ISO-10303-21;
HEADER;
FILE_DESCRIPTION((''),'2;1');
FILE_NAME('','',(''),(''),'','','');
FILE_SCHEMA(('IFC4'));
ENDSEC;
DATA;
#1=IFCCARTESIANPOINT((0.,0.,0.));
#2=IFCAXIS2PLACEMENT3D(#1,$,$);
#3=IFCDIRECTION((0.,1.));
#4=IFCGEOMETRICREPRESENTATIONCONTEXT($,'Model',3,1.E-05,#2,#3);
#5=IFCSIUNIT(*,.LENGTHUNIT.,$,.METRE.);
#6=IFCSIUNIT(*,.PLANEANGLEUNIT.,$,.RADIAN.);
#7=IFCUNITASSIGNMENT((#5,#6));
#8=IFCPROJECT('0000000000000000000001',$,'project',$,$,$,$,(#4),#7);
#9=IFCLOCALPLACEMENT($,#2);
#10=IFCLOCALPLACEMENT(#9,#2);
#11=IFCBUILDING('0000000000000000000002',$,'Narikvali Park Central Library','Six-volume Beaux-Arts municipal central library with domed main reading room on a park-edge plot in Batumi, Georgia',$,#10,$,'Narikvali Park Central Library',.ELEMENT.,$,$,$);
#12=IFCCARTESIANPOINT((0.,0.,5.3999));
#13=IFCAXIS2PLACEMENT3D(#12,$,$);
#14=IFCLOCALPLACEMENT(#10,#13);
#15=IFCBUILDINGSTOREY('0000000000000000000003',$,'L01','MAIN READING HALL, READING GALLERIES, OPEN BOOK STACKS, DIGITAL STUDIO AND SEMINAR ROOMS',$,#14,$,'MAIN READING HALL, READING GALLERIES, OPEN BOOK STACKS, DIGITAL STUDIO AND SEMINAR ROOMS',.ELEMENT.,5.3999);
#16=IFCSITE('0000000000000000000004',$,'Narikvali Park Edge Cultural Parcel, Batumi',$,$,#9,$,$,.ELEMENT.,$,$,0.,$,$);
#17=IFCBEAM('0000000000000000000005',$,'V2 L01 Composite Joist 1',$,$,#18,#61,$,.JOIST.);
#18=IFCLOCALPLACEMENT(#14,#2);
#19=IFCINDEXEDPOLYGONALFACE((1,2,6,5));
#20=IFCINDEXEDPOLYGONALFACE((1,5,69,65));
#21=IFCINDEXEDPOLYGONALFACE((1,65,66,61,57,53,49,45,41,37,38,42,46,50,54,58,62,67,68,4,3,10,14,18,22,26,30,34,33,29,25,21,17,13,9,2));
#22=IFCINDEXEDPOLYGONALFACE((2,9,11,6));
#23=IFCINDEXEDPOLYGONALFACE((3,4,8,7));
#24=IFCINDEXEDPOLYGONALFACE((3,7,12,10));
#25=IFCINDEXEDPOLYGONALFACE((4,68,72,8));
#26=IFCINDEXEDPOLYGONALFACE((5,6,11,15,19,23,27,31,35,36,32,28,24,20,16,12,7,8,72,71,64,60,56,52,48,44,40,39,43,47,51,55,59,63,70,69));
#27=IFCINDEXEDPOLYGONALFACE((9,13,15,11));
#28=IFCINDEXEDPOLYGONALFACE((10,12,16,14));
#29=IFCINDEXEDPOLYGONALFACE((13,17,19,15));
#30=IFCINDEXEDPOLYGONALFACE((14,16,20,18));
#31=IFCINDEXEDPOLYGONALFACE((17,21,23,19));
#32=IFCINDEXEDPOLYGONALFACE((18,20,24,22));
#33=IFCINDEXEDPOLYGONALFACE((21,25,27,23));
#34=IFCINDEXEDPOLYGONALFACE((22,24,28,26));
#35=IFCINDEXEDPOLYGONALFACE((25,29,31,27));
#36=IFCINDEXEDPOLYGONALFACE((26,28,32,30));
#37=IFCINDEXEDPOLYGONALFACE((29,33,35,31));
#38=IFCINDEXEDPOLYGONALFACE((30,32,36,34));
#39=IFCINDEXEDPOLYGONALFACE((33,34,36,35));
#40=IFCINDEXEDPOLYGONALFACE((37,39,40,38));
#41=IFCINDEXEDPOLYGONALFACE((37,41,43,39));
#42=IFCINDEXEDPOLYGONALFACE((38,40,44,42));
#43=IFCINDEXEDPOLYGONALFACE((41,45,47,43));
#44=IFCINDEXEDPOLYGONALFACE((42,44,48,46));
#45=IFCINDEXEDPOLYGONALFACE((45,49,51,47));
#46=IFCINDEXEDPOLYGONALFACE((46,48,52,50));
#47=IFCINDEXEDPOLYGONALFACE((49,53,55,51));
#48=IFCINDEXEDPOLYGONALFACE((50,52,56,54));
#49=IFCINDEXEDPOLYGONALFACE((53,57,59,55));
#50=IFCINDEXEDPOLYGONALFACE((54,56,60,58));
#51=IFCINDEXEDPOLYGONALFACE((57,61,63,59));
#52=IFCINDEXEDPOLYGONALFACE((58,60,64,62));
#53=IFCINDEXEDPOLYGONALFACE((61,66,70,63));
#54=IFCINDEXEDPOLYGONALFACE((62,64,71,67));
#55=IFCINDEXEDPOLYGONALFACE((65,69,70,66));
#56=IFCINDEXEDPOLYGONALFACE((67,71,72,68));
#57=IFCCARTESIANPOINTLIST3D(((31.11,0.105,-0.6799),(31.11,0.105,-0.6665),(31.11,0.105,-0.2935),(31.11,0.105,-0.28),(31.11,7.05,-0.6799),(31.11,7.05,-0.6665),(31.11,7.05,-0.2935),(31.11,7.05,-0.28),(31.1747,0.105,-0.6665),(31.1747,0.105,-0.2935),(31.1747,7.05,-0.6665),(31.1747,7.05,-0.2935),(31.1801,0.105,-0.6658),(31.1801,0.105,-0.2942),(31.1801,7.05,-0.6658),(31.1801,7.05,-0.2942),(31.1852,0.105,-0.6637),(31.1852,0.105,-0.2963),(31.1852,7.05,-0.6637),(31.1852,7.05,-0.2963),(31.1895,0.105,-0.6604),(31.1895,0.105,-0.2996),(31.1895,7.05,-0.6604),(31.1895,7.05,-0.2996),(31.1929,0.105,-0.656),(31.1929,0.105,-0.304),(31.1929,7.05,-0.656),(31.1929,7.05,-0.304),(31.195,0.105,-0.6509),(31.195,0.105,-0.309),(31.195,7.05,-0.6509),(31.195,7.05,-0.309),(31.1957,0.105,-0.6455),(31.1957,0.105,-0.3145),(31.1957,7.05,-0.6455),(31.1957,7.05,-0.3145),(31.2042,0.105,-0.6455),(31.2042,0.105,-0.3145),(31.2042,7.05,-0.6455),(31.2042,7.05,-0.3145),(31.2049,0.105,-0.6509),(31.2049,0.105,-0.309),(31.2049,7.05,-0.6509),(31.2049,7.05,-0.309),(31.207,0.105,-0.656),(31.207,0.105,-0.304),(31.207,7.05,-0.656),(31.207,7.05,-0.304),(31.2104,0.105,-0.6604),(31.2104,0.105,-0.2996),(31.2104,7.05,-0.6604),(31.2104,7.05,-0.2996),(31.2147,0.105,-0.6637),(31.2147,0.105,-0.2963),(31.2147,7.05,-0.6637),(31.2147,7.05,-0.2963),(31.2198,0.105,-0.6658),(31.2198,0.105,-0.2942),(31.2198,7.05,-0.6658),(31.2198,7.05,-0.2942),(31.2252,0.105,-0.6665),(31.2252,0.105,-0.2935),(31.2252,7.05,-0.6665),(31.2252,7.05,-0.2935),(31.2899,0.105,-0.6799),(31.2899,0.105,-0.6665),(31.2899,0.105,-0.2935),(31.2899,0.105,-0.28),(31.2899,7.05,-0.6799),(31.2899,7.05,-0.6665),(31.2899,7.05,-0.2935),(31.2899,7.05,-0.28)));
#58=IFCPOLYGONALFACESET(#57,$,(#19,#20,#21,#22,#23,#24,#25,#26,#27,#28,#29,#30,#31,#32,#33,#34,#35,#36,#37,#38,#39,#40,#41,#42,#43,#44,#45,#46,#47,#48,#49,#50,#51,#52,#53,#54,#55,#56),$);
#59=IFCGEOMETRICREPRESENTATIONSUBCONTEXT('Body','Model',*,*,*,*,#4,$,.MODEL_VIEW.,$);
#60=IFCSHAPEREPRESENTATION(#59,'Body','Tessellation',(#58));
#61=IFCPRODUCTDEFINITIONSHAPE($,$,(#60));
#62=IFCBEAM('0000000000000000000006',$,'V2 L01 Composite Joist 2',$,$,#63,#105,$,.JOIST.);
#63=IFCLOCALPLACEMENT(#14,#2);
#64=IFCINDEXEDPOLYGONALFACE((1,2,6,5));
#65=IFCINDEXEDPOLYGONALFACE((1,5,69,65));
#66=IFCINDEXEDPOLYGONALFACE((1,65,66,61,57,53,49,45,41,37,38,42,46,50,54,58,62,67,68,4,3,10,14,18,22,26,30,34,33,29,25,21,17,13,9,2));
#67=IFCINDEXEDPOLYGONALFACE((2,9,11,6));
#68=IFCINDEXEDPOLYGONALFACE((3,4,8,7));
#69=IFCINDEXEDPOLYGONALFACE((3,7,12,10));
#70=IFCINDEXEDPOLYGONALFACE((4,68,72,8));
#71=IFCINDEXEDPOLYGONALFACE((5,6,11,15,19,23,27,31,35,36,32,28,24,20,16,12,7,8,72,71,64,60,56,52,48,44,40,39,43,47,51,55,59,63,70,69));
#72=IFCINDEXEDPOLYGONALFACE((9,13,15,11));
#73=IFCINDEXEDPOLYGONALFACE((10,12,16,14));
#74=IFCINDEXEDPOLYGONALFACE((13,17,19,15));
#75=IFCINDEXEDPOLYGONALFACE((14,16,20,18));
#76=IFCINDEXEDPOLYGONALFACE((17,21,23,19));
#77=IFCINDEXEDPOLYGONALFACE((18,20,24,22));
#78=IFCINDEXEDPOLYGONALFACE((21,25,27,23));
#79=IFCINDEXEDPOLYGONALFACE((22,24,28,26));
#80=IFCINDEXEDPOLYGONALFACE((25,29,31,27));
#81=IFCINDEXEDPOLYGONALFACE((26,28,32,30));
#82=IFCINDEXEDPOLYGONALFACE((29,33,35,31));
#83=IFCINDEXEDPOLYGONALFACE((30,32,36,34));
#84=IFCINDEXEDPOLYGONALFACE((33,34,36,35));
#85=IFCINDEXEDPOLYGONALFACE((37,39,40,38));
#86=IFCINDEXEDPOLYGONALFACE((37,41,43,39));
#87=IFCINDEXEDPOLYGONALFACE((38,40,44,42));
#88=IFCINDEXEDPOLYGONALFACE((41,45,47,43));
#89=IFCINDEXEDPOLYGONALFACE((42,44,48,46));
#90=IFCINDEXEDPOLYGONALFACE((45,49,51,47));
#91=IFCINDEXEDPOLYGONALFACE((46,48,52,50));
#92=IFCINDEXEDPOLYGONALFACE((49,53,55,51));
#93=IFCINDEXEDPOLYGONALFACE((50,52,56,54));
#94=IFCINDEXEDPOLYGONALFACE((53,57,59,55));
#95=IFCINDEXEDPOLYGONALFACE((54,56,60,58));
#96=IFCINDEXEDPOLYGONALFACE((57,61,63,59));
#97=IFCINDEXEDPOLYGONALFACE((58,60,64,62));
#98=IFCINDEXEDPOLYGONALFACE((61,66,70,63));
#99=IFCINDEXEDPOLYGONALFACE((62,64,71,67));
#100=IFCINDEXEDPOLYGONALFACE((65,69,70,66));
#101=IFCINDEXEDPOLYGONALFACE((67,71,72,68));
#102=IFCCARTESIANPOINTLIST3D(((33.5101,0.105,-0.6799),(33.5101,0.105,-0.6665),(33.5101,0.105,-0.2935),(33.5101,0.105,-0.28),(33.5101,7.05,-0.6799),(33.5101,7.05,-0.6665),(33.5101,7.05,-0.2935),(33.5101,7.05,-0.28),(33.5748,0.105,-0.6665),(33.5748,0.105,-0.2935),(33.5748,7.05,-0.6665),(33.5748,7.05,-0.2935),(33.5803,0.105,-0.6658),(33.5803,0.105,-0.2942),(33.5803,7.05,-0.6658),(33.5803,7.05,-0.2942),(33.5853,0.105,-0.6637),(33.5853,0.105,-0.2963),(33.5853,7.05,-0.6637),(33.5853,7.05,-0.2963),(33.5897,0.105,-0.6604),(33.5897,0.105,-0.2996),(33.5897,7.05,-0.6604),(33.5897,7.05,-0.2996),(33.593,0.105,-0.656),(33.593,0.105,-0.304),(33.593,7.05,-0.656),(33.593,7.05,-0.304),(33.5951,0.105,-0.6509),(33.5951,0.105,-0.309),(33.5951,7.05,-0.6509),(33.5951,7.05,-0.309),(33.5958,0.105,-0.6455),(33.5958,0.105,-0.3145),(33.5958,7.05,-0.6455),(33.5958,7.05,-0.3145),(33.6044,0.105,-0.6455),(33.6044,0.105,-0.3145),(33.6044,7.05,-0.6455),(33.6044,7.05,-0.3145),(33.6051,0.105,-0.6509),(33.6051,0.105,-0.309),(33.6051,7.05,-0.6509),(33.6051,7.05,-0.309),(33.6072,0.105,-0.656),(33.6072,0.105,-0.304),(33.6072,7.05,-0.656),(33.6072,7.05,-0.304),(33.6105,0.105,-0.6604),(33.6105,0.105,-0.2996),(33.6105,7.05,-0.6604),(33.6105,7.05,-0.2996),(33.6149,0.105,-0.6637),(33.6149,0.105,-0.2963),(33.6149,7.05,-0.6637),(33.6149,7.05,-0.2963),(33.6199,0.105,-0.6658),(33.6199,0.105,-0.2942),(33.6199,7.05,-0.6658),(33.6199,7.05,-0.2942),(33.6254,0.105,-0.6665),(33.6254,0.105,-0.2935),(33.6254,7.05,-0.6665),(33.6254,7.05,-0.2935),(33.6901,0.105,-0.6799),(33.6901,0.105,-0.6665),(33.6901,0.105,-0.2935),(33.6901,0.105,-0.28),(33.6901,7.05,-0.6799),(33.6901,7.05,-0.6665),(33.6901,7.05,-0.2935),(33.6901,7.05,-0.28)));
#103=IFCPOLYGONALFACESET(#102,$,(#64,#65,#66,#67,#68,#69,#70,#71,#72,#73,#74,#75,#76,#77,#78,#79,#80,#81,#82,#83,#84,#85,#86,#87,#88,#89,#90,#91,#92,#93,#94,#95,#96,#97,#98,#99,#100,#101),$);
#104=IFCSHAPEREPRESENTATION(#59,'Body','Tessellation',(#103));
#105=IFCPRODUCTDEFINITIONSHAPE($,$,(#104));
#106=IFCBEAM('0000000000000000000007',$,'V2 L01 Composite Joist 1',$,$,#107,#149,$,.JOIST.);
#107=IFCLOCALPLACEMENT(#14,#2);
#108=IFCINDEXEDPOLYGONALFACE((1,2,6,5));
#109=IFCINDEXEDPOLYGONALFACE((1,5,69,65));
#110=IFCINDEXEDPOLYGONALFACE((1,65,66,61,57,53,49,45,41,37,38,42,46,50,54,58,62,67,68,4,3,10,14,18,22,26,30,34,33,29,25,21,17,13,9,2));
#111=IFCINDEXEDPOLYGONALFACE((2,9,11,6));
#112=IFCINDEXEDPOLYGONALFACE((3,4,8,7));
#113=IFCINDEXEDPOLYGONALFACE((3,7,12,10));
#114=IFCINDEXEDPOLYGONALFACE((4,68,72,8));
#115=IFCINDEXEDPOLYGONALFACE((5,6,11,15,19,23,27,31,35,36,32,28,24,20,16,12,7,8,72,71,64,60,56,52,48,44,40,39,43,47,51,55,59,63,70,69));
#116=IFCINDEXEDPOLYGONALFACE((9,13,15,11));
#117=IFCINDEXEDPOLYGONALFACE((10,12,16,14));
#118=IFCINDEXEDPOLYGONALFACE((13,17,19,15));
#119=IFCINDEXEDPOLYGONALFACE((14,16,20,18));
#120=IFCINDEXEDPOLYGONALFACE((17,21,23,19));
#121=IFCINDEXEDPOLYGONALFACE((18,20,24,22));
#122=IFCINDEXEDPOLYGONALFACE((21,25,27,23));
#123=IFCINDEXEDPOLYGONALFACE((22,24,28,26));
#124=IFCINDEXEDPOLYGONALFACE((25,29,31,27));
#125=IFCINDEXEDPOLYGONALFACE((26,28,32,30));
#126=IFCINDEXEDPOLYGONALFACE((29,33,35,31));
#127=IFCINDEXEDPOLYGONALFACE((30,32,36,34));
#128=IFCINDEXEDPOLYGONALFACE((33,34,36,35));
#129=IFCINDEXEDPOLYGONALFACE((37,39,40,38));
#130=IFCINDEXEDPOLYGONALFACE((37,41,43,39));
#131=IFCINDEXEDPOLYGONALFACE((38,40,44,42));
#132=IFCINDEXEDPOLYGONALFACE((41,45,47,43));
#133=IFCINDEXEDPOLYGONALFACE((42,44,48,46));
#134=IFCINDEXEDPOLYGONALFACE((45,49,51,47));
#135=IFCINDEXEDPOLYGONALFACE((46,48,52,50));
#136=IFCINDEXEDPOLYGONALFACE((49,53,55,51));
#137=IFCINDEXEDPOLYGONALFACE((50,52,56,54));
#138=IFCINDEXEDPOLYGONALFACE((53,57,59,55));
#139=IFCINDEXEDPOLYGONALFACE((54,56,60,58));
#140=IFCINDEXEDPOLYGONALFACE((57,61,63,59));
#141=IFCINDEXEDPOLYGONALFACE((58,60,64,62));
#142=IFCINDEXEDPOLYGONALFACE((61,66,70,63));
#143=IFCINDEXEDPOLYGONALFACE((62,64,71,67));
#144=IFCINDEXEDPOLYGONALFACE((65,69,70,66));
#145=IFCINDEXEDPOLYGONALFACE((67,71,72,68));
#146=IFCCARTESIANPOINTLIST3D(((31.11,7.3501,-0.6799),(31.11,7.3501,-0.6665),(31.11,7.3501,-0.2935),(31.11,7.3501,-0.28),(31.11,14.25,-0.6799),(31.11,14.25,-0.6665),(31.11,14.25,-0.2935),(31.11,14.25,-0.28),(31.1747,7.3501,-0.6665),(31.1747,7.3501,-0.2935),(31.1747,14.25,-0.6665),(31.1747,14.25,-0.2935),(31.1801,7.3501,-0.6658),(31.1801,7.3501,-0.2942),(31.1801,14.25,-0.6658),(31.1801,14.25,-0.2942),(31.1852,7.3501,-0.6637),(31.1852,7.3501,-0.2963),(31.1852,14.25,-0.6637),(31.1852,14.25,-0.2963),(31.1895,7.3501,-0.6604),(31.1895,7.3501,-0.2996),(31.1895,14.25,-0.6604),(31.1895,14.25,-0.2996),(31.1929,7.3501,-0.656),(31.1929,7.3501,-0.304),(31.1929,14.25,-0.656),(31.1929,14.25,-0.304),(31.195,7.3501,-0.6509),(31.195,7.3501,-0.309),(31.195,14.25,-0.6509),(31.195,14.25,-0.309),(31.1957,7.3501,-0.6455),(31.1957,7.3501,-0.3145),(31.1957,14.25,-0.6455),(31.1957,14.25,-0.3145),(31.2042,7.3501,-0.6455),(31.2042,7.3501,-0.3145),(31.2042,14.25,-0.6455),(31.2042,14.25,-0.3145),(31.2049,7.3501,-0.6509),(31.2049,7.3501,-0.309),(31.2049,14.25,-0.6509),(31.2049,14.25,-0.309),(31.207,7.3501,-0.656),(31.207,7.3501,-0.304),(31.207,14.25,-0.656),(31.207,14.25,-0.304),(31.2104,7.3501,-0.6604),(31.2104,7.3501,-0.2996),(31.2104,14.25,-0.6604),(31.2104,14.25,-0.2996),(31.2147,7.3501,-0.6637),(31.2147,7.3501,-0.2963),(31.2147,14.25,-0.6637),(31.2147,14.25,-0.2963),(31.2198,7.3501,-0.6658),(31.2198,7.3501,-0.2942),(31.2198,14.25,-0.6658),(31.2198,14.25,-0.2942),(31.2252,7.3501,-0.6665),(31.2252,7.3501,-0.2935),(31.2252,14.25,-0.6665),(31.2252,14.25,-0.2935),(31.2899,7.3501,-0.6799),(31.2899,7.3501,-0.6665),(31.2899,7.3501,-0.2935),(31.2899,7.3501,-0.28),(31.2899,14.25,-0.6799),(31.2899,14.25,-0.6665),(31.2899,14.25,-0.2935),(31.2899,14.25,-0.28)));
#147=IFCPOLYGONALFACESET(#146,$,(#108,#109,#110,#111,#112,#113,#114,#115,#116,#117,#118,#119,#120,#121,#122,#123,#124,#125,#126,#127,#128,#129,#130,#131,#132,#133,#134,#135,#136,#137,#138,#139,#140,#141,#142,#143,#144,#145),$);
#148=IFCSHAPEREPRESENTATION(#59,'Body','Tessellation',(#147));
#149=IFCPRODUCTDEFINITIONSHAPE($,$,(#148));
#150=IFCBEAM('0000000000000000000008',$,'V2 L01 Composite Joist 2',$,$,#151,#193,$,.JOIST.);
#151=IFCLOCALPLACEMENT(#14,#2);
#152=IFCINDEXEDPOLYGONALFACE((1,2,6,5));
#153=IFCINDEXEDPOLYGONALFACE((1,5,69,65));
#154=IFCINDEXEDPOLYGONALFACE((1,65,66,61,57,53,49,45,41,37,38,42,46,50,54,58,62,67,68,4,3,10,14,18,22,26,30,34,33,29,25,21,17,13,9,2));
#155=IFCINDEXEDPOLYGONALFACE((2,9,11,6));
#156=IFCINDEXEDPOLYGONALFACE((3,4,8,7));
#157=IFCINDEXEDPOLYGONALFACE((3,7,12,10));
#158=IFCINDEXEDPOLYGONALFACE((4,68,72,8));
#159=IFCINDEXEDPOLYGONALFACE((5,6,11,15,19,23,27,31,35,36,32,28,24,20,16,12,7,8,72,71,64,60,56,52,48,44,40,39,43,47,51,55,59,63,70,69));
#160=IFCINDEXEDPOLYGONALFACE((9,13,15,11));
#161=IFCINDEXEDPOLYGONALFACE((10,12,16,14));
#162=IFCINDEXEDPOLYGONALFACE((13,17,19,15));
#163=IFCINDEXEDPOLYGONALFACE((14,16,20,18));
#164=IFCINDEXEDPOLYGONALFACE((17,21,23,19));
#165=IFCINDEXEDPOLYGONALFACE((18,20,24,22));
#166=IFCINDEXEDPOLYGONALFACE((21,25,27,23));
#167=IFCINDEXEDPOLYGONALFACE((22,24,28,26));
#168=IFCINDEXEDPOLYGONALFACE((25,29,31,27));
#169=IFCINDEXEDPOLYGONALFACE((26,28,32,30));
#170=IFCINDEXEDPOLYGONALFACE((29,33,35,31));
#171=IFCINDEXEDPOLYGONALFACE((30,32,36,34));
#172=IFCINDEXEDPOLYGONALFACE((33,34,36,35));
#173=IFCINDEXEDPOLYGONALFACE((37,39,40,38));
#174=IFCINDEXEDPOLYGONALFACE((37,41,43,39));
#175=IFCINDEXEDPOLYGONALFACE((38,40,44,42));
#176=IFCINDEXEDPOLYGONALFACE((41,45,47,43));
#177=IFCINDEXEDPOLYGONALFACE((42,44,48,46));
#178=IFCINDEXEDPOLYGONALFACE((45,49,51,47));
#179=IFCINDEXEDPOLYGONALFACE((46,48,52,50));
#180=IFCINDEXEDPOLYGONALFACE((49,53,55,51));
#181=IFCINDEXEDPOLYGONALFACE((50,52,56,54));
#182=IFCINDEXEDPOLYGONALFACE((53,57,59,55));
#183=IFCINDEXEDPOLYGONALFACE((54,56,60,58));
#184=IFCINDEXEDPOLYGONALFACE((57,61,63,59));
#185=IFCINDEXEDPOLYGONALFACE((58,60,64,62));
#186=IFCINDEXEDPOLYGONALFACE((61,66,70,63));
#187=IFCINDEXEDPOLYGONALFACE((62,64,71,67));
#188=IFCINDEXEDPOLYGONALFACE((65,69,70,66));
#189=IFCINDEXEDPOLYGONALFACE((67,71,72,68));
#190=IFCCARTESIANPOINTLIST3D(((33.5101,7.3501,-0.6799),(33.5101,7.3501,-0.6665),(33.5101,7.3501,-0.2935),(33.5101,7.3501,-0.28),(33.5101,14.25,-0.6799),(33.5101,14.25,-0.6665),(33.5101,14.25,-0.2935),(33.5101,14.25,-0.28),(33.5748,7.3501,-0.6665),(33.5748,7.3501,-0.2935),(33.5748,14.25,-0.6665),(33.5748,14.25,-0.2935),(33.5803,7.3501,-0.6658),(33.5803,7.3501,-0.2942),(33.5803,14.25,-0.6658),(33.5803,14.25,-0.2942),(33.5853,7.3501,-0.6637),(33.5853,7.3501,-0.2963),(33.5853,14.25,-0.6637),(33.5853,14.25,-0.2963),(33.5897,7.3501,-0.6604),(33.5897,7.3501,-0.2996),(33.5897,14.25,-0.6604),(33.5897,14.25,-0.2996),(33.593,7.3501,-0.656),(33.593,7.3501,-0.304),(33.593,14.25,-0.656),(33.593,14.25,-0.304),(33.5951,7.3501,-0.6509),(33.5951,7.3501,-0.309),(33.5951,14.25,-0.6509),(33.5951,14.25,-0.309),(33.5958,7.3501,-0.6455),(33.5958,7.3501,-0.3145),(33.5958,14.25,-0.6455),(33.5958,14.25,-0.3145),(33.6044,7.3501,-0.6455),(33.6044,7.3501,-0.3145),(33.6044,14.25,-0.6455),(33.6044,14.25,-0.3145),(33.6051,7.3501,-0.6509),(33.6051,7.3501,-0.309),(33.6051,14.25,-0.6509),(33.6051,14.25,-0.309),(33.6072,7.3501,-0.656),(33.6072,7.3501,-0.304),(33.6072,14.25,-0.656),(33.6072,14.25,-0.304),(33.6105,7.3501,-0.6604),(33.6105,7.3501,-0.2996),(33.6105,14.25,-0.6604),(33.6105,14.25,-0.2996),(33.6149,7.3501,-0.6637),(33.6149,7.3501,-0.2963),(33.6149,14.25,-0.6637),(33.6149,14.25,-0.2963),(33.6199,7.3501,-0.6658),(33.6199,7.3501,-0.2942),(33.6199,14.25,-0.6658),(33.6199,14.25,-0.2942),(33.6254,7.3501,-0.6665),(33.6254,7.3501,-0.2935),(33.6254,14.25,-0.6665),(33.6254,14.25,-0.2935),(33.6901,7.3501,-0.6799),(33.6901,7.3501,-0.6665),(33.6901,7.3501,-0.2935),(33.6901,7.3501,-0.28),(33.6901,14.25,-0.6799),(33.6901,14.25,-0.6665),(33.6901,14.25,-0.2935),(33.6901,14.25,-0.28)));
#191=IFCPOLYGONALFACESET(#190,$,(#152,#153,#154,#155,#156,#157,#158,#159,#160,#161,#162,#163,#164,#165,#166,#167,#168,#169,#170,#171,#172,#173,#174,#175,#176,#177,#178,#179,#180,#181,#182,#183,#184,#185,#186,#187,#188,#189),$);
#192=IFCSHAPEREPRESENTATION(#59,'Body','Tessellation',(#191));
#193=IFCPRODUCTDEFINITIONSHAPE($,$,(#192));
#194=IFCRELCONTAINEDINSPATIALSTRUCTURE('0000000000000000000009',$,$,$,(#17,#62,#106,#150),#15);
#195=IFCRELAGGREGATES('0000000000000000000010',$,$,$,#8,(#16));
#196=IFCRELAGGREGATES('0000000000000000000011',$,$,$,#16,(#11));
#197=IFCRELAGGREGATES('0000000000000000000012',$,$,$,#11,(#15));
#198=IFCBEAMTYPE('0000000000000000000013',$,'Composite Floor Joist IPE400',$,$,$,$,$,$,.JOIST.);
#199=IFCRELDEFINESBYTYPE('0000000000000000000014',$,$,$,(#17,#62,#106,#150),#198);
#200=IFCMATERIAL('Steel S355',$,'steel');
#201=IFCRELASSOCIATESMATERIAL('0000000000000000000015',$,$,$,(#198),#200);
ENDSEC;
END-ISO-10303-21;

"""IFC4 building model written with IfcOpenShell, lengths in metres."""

from ifc_helpers import new_model, si_unit, direction, frame, origin, origin_2d, place, context, subcontext, project, spatial, i_section, extrude, material, material_profile, profile_set, type_object, element, save


model = new_model("IFC4")

# Units and contexts
model_context = context("Model", 3, precision=1e-05, world=origin(), true_north=direction((0.0, 1.0)))
body_context = subcontext(model_context, "Body", "Model", "MODEL_VIEW")
ifc_project = project(units=[si_unit("LENGTHUNIT", "METRE"), si_unit("PLANEANGLEUNIT", "RADIAN")], contexts=[model_context])

# Site, building, storey
site_placement = place(None, origin())
site = spatial("IfcSite", under=ifc_project, at=site_placement, Name="Narikvali Park Edge Cultural Parcel, Batumi", CompositionType="ELEMENT", RefElevation=0.0)
building_placement = place(site_placement, origin())
building = spatial("IfcBuilding", under=site, at=building_placement, Name="Narikvali Park Central Library", Description="Six-volume Beaux-Arts municipal central library with domed main reading room on a park-edge plot in Batumi, Georgia", LongName="Narikvali Park Central Library", CompositionType="ELEMENT")
storey_placement = place(building_placement, frame((0.0, 0.0, 5.3999)))
storey = spatial("IfcBuildingStorey", under=building, at=storey_placement, Name="L01", Description="MAIN READING HALL, READING GALLERIES, OPEN BOOK STACKS, DIGITAL STUDIO AND SEMINAR ROOMS", LongName="MAIN READING HALL, READING GALLERIES, OPEN BOOK STACKS, DIGITAL STUDIO AND SEMINAR ROOMS", CompositionType="ELEMENT", Elevation=5.3999)

# Shared definitions
ifc_material_1 = material(Name="Steel S355", Category="steel")

# Beams
ifc_material_profile_1 = material_profile(ifc_material_1, i_section(OverallWidth=0.1799, OverallDepth=0.3999, WebThickness=0.0085, FlangeThickness=0.0134, FilletRadius=0.021, at=origin_2d()), Name="IPE 400")
ifc_profile_set_1 = profile_set([ifc_material_profile_1], Name="Steel S355")
beam_type_1 = type_object("IfcBeamType", Name="Composite Floor Joist IPE400", PredefinedType="JOIST", material=ifc_profile_set_1)
for number, where, z_axis, x_axis, name in (
    (1, (31.2, 0.105, -0.48), (0.0, 1.0, 0.0), (-1.0, 0.0, 0.0), "V2 L01 Composite Joist 1"),
    (2, (33.6001, 0.105, -0.48), (0.0, 1.0, 0.0), (-1.0, 0.0, 0.0), "V2 L01 Composite Joist 2"),
):
    element("IfcBeam", number, at=place(storey_placement, frame(where, z_axis=z_axis, x_axis=x_axis)), inside=storey, type_object=beam_type_1, Name=name, PredefinedType="JOIST", context=body_context, shape_type="SweptSolid", body=[
        extrude(i_section(OverallWidth=0.1799, OverallDepth=0.3999, WebThickness=0.0085, FlangeThickness=0.0134, FilletRadius=0.021, at=origin_2d()), origin(), (0.0, 0.0, 1.0), 6.9451),
    ])
for number, where, z_axis, x_axis, name in (
    (3, (31.2, 7.3501, -0.48), (0.0, 1.0, 0.0), (-1.0, 0.0, 0.0), "V2 L01 Composite Joist 1"),
    (4, (33.6001, 7.3501, -0.48), (0.0, 1.0, 0.0), (-1.0, 0.0, 0.0), "V2 L01 Composite Joist 2"),
):
    element("IfcBeam", number, at=place(storey_placement, frame(where, z_axis=z_axis, x_axis=x_axis)), inside=storey, type_object=beam_type_1, Name=name, PredefinedType="JOIST", context=body_context, shape_type="SweptSolid", body=[
        extrude(i_section(OverallWidth=0.1799, OverallDepth=0.3999, WebThickness=0.0085, FlangeThickness=0.0134, FilletRadius=0.021, at=origin_2d()), origin(), (0.0, 0.0, 1.0), 6.8999),
    ])

save(model, "model.ifc")
